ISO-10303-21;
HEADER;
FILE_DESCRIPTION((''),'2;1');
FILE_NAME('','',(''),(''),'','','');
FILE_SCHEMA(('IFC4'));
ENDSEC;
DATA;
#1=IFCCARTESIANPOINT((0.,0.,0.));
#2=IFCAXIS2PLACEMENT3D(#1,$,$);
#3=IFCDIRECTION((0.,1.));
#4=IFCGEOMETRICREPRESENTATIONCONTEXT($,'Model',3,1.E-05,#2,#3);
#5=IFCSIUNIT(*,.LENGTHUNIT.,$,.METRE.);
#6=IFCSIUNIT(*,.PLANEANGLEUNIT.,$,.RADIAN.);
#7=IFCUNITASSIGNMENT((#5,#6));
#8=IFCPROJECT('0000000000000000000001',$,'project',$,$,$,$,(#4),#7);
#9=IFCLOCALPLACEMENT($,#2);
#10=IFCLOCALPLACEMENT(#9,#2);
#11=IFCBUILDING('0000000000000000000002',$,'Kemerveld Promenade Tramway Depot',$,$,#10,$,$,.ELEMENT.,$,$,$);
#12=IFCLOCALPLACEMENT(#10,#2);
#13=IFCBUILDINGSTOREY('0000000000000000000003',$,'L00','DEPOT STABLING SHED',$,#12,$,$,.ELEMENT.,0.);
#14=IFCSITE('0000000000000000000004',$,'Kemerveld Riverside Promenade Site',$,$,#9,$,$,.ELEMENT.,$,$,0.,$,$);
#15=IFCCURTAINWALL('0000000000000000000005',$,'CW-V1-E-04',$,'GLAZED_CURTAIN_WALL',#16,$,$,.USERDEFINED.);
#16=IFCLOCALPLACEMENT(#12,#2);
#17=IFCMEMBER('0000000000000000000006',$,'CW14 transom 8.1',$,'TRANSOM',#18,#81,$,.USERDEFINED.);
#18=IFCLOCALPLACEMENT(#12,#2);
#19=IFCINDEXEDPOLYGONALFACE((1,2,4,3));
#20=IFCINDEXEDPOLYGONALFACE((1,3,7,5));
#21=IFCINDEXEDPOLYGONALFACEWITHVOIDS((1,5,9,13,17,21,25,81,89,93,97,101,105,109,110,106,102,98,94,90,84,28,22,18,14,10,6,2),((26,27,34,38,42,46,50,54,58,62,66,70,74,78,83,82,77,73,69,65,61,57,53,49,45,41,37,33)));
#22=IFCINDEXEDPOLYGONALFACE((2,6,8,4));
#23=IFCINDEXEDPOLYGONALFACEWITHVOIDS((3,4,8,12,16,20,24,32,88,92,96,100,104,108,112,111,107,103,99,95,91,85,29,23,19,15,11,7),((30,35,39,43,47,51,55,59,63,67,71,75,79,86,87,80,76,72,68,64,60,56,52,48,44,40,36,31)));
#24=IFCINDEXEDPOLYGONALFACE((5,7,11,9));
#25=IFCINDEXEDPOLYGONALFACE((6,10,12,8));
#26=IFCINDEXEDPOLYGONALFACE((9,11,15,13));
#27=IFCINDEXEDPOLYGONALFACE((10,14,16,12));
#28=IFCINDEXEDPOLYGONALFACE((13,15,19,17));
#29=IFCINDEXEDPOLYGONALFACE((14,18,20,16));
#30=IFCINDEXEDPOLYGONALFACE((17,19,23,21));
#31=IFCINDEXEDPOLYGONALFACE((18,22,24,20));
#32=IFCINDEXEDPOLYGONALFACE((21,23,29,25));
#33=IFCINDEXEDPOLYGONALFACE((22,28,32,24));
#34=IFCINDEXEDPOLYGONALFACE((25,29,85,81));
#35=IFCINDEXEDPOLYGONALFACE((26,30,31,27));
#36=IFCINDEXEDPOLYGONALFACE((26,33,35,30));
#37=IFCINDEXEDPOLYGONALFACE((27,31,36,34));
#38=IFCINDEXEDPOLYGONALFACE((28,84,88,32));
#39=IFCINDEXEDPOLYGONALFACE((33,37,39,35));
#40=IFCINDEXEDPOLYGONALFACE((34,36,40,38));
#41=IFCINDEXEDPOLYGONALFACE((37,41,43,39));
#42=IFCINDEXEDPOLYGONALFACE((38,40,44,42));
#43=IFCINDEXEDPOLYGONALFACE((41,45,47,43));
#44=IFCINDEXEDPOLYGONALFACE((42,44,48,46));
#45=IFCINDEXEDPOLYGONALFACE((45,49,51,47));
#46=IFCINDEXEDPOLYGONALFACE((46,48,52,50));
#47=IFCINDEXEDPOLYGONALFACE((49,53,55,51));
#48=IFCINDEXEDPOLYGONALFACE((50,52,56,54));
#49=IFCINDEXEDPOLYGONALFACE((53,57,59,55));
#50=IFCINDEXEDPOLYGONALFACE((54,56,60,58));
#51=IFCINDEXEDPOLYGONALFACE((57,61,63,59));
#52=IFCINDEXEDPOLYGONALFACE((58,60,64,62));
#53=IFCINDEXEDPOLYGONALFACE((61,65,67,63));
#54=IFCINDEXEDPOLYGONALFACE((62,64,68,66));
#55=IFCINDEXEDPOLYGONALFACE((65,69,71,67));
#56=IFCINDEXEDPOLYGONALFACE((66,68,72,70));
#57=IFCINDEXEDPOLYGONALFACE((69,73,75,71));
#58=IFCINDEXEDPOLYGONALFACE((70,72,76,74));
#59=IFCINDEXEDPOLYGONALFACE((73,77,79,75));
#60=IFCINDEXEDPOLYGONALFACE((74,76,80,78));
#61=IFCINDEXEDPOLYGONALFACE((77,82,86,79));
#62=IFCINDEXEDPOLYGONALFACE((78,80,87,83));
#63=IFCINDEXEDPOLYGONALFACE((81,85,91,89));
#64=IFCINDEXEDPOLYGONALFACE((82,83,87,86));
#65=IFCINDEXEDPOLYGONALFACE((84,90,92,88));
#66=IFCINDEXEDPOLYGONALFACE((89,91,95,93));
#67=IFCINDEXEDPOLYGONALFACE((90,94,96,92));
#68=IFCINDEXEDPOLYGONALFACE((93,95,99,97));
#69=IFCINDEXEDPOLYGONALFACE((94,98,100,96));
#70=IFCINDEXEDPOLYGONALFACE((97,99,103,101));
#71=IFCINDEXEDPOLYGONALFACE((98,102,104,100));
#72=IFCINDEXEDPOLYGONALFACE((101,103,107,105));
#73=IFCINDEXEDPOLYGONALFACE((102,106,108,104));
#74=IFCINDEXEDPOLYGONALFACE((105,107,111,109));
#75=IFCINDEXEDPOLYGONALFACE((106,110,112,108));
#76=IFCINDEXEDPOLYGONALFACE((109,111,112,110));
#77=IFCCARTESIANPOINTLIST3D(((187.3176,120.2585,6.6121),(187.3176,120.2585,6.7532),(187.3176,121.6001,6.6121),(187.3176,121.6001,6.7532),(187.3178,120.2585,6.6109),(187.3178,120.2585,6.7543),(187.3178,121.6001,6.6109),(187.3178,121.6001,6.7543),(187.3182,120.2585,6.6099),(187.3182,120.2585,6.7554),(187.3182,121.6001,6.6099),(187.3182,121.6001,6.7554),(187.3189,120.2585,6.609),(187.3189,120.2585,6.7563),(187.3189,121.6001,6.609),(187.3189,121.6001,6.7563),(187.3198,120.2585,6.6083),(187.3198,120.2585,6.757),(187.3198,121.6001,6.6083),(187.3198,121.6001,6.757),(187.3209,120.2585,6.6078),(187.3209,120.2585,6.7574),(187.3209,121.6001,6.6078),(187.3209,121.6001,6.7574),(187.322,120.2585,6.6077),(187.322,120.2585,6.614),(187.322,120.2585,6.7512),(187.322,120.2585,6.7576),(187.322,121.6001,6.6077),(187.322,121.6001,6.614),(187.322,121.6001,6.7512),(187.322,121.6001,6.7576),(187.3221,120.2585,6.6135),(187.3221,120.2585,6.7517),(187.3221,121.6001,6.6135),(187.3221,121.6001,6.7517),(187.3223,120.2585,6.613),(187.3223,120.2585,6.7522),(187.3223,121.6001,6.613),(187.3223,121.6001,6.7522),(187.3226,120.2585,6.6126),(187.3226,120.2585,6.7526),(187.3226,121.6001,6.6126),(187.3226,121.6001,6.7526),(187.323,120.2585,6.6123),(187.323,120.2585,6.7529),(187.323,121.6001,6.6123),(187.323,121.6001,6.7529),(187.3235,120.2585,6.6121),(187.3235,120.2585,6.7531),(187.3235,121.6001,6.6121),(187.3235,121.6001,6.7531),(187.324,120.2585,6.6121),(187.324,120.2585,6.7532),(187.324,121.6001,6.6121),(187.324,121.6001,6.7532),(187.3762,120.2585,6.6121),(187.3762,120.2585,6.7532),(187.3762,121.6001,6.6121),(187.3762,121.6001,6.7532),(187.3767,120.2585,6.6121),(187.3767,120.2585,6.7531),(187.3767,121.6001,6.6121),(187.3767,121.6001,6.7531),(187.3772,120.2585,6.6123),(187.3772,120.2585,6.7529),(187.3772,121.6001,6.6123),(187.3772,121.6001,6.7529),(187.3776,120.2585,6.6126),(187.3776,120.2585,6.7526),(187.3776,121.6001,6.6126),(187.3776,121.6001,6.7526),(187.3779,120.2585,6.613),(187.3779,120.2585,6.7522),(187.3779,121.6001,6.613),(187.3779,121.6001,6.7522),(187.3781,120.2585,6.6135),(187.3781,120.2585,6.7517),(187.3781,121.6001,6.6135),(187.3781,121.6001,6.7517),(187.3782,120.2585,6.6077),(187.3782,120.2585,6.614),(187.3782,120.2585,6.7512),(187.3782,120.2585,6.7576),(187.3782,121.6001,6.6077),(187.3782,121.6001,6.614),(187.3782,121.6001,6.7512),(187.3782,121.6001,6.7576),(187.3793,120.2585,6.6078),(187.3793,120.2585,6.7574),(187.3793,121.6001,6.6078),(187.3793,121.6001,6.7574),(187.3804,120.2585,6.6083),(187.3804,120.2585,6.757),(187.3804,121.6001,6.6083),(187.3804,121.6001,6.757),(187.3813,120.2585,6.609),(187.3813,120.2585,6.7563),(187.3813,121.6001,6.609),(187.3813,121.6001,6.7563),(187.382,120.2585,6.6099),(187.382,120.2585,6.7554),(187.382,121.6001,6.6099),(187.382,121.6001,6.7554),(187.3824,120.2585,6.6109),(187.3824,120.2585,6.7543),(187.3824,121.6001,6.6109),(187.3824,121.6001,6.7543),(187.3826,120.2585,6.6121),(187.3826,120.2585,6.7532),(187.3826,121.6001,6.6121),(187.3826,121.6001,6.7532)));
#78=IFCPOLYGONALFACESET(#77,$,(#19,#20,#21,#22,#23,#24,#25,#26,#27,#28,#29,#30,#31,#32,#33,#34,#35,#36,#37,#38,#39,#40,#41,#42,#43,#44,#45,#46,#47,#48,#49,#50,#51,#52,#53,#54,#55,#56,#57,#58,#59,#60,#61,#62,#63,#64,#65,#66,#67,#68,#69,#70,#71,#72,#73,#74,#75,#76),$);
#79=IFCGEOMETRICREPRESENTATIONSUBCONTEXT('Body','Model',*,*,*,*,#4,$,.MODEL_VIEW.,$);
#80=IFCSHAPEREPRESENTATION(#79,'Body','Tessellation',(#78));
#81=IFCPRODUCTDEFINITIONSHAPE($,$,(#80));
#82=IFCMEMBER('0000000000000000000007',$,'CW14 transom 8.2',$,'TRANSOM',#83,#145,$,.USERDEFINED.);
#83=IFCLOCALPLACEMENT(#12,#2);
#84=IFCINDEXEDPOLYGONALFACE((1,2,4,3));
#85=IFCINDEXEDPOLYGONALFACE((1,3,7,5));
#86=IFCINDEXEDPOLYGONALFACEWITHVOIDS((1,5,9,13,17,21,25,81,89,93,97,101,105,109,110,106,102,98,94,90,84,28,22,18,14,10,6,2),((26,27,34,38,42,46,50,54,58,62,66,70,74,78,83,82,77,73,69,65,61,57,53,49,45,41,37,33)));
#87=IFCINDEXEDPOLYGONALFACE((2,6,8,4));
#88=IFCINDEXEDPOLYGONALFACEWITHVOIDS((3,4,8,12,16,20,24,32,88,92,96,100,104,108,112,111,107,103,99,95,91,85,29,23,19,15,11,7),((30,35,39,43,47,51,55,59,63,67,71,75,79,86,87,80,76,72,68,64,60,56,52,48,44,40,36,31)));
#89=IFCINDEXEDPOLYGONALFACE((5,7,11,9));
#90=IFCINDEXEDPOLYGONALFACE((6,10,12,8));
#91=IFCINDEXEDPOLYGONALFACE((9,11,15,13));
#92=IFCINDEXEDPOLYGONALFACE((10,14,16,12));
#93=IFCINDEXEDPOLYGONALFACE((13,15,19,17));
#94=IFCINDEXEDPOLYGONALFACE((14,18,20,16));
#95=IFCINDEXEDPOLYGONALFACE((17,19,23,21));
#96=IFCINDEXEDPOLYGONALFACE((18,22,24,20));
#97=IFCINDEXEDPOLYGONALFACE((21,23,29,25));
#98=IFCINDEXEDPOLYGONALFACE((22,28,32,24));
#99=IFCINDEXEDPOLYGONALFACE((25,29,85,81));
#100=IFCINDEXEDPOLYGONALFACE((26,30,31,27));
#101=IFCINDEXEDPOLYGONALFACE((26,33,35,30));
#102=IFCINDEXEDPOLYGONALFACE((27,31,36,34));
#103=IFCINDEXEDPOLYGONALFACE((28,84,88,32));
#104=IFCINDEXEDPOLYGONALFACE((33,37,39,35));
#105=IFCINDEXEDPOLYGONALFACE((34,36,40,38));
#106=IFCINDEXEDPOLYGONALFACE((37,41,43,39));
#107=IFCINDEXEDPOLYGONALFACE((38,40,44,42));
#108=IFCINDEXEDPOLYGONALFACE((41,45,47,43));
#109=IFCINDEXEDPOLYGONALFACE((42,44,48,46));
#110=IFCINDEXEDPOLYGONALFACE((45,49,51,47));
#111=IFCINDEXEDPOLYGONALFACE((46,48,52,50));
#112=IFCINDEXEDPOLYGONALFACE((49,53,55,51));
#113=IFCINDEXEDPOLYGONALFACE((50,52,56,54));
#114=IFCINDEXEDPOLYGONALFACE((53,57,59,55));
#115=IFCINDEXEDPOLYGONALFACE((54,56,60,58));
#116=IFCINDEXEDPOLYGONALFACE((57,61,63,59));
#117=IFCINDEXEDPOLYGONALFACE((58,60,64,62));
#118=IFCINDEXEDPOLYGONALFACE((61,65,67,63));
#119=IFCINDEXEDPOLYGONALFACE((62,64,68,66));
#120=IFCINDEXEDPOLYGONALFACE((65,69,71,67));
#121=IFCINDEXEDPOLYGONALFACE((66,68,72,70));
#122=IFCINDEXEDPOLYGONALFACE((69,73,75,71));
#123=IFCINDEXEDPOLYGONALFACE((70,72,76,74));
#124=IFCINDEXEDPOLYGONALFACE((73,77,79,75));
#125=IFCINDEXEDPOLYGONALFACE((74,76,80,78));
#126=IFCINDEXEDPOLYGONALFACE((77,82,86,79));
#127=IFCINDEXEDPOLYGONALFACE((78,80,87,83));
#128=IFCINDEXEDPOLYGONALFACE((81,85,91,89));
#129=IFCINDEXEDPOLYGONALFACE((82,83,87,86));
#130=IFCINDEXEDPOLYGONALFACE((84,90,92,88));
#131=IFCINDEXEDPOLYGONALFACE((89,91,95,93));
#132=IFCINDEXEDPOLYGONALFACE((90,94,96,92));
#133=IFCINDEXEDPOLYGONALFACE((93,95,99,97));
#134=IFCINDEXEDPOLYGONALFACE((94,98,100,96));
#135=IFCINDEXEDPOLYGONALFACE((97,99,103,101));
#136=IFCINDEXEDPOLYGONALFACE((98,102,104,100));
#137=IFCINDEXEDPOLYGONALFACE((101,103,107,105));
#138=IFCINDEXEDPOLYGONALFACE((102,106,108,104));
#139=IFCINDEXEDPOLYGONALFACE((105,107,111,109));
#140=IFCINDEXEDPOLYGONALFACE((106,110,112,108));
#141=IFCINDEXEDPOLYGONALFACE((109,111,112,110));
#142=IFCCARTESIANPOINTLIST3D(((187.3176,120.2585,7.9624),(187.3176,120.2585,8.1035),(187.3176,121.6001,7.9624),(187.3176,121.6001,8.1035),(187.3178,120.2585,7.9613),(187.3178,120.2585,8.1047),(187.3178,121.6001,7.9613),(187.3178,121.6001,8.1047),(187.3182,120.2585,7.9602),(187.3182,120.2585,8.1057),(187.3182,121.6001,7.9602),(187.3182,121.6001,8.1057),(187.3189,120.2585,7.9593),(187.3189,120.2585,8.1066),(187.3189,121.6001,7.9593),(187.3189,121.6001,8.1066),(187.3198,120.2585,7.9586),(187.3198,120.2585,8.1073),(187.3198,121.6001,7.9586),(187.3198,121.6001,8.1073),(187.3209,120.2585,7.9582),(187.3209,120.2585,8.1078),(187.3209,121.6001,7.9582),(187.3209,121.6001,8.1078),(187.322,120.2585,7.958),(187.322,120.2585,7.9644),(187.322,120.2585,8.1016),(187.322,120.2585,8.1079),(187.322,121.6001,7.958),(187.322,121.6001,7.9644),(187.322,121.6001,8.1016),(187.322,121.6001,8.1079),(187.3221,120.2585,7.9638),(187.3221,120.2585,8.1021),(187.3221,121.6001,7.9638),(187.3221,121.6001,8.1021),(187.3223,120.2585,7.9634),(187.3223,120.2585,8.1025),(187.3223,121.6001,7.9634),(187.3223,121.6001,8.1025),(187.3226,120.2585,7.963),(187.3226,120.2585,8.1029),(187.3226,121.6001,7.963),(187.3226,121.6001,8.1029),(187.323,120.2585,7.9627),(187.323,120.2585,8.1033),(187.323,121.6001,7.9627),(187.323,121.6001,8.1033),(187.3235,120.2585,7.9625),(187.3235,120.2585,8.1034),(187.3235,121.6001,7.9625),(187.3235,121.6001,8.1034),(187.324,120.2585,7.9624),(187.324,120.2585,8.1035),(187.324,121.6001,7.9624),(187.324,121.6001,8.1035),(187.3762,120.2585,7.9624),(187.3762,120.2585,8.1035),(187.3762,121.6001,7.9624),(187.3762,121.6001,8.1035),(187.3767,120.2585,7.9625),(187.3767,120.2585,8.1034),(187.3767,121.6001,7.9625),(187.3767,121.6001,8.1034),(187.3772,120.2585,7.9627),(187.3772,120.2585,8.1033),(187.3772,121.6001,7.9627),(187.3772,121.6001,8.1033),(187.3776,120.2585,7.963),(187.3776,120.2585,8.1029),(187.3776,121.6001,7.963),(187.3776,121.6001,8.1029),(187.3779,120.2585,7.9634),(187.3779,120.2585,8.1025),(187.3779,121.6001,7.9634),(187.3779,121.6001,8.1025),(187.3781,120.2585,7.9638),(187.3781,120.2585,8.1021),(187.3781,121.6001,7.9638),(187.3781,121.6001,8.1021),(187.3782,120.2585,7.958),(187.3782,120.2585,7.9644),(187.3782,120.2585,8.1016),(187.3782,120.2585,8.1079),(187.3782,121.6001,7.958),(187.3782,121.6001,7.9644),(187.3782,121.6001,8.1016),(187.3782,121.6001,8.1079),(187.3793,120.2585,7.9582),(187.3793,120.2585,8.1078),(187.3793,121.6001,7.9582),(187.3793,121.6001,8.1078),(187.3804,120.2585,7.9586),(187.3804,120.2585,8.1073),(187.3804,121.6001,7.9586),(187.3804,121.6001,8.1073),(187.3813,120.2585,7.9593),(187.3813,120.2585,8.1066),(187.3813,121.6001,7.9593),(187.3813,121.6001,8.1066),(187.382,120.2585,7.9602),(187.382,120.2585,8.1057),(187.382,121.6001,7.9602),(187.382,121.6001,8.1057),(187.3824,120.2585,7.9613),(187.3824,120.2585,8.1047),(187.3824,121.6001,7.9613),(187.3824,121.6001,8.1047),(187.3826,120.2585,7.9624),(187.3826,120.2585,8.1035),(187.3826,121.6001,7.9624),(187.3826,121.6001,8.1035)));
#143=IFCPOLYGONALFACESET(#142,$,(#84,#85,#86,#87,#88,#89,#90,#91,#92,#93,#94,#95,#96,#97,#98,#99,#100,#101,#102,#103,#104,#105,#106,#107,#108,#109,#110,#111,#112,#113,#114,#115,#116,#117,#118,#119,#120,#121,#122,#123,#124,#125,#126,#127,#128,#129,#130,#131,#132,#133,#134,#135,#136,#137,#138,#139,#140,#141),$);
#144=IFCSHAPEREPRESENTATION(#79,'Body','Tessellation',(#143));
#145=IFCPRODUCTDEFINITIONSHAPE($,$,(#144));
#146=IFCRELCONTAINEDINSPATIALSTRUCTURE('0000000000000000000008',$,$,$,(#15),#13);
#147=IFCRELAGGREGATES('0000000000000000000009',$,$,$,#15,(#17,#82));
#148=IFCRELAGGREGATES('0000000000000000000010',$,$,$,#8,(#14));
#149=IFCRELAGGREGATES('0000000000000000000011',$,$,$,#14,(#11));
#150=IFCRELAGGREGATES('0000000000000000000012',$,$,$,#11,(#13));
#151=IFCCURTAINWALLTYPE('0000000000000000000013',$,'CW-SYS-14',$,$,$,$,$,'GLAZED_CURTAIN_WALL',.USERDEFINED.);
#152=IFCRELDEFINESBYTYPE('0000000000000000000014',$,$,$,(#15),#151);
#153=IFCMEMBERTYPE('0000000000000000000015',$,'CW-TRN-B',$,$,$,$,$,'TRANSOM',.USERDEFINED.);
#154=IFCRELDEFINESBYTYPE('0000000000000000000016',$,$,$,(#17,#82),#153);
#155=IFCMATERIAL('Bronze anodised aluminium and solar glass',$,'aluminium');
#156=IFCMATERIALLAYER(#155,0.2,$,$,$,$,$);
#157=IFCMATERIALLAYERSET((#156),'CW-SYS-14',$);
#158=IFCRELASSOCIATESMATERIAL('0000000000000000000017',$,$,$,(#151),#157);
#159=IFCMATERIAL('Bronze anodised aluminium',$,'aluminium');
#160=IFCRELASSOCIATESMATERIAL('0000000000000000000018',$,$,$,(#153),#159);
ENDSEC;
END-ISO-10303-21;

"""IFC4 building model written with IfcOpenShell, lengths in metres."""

from ifc_helpers import new_model, si_unit, direction, frame, origin, origin_2d, place, context, subcontext, project, spatial, hollow_rectangle, extrude, material, layer, layer_set, material_profile, profile_set, type_object, element, aggregate, save


model = new_model("IFC4")

# Units and contexts
model_context = context("Model", 3, precision=1e-05, world=origin(), true_north=direction((0.0, 1.0)))
body_context = subcontext(model_context, "Body", "Model", "MODEL_VIEW")
ifc_project = project(units=[si_unit("LENGTHUNIT", "METRE"), si_unit("PLANEANGLEUNIT", "RADIAN")], contexts=[model_context])

# Site, building, storey
site_placement = place(None, origin())
site = spatial("IfcSite", under=ifc_project, at=site_placement, Name="Kemerveld Riverside Promenade Site", CompositionType="ELEMENT", RefElevation=0.0)
building_placement = place(site_placement, origin())
building = spatial("IfcBuilding", under=site, at=building_placement, Name="Kemerveld Promenade Tramway Depot", CompositionType="ELEMENT")
storey_placement = place(building_placement, origin())
storey = spatial("IfcBuildingStorey", under=building, at=storey_placement, Name="L00", Description="DEPOT STABLING SHED", CompositionType="ELEMENT", Elevation=0.0)

# Shared definitions
ifc_material_1 = material(Name="Bronze anodised aluminium and solar glass", Category="aluminium")
ifc_material_2 = material(Name="Bronze anodised aluminium", Category="aluminium")

# Curtain wall
ifc_layer_1 = layer(ifc_material_1, 0.2)
ifc_layer_set_1 = layer_set([ifc_layer_1], Name="CW-SYS-14")
curtain_wall_type_1 = type_object("IfcCurtainWallType", Name="CW-SYS-14", ElementType="GLAZED_CURTAIN_WALL", PredefinedType="USERDEFINED", material=ifc_layer_set_1)
curtain_wall_1_placement = place(storey_placement, origin())
curtain_wall_1 = element("IfcCurtainWall", 1, at=curtain_wall_1_placement, inside=storey, type_object=curtain_wall_type_1, Name="CW-V1-E-04", ObjectType="GLAZED_CURTAIN_WALL", PredefinedType="USERDEFINED")

# Members
ifc_material_profile_1 = material_profile(ifc_material_2, hollow_rectangle(XDim=0.0649, YDim=0.1499, WallThickness=0.0044, InnerFilletRadius=0.002, OuterFilletRadius=0.0044, at=origin_2d()), Name="CW-TRN-150x65")
ifc_profile_set_1 = profile_set([ifc_material_profile_1], Name="Bronze anodised aluminium")
member_type_1 = type_object("IfcMemberType", Name="CW-TRN-B", ElementType="TRANSOM", PredefinedType="USERDEFINED", material=ifc_profile_set_1)
member_1_placement = place(storey_placement, frame((187.3501, 121.6001, 6.6826), z_axis=(0.0, -1.0, 0.0), x_axis=(1.0, 0.0, 0.0)))
member_1 = element("IfcMember", 2, at=member_1_placement, type_object=member_type_1, Name="CW14 transom 8.1", ObjectType="TRANSOM", PredefinedType="USERDEFINED", context=body_context, shape_type="SweptSolid", body=[
    extrude(hollow_rectangle(XDim=0.0649, YDim=0.1499, WallThickness=0.0044, InnerFilletRadius=0.002, OuterFilletRadius=0.0044, at=origin_2d()), origin(), (0.0, 0.0, 1.0), 1.3416),
])
member_2_placement = place(storey_placement, frame((187.3501, 121.6001, 8.033), z_axis=(0.0, -1.0, 0.0), x_axis=(1.0, 0.0, 0.0)))
member_2 = element("IfcMember", 3, at=member_2_placement, type_object=member_type_1, Name="CW14 transom 8.2", ObjectType="TRANSOM", PredefinedType="USERDEFINED", context=body_context, shape_type="SweptSolid", body=[
    extrude(hollow_rectangle(XDim=0.0649, YDim=0.1499, WallThickness=0.0044, InnerFilletRadius=0.002, OuterFilletRadius=0.0044, at=origin_2d()), origin(), (0.0, 0.0, 1.0), 1.3416),
])

aggregate(curtain_wall_1, [member_1, member_2])

save(model, "model.ifc")
